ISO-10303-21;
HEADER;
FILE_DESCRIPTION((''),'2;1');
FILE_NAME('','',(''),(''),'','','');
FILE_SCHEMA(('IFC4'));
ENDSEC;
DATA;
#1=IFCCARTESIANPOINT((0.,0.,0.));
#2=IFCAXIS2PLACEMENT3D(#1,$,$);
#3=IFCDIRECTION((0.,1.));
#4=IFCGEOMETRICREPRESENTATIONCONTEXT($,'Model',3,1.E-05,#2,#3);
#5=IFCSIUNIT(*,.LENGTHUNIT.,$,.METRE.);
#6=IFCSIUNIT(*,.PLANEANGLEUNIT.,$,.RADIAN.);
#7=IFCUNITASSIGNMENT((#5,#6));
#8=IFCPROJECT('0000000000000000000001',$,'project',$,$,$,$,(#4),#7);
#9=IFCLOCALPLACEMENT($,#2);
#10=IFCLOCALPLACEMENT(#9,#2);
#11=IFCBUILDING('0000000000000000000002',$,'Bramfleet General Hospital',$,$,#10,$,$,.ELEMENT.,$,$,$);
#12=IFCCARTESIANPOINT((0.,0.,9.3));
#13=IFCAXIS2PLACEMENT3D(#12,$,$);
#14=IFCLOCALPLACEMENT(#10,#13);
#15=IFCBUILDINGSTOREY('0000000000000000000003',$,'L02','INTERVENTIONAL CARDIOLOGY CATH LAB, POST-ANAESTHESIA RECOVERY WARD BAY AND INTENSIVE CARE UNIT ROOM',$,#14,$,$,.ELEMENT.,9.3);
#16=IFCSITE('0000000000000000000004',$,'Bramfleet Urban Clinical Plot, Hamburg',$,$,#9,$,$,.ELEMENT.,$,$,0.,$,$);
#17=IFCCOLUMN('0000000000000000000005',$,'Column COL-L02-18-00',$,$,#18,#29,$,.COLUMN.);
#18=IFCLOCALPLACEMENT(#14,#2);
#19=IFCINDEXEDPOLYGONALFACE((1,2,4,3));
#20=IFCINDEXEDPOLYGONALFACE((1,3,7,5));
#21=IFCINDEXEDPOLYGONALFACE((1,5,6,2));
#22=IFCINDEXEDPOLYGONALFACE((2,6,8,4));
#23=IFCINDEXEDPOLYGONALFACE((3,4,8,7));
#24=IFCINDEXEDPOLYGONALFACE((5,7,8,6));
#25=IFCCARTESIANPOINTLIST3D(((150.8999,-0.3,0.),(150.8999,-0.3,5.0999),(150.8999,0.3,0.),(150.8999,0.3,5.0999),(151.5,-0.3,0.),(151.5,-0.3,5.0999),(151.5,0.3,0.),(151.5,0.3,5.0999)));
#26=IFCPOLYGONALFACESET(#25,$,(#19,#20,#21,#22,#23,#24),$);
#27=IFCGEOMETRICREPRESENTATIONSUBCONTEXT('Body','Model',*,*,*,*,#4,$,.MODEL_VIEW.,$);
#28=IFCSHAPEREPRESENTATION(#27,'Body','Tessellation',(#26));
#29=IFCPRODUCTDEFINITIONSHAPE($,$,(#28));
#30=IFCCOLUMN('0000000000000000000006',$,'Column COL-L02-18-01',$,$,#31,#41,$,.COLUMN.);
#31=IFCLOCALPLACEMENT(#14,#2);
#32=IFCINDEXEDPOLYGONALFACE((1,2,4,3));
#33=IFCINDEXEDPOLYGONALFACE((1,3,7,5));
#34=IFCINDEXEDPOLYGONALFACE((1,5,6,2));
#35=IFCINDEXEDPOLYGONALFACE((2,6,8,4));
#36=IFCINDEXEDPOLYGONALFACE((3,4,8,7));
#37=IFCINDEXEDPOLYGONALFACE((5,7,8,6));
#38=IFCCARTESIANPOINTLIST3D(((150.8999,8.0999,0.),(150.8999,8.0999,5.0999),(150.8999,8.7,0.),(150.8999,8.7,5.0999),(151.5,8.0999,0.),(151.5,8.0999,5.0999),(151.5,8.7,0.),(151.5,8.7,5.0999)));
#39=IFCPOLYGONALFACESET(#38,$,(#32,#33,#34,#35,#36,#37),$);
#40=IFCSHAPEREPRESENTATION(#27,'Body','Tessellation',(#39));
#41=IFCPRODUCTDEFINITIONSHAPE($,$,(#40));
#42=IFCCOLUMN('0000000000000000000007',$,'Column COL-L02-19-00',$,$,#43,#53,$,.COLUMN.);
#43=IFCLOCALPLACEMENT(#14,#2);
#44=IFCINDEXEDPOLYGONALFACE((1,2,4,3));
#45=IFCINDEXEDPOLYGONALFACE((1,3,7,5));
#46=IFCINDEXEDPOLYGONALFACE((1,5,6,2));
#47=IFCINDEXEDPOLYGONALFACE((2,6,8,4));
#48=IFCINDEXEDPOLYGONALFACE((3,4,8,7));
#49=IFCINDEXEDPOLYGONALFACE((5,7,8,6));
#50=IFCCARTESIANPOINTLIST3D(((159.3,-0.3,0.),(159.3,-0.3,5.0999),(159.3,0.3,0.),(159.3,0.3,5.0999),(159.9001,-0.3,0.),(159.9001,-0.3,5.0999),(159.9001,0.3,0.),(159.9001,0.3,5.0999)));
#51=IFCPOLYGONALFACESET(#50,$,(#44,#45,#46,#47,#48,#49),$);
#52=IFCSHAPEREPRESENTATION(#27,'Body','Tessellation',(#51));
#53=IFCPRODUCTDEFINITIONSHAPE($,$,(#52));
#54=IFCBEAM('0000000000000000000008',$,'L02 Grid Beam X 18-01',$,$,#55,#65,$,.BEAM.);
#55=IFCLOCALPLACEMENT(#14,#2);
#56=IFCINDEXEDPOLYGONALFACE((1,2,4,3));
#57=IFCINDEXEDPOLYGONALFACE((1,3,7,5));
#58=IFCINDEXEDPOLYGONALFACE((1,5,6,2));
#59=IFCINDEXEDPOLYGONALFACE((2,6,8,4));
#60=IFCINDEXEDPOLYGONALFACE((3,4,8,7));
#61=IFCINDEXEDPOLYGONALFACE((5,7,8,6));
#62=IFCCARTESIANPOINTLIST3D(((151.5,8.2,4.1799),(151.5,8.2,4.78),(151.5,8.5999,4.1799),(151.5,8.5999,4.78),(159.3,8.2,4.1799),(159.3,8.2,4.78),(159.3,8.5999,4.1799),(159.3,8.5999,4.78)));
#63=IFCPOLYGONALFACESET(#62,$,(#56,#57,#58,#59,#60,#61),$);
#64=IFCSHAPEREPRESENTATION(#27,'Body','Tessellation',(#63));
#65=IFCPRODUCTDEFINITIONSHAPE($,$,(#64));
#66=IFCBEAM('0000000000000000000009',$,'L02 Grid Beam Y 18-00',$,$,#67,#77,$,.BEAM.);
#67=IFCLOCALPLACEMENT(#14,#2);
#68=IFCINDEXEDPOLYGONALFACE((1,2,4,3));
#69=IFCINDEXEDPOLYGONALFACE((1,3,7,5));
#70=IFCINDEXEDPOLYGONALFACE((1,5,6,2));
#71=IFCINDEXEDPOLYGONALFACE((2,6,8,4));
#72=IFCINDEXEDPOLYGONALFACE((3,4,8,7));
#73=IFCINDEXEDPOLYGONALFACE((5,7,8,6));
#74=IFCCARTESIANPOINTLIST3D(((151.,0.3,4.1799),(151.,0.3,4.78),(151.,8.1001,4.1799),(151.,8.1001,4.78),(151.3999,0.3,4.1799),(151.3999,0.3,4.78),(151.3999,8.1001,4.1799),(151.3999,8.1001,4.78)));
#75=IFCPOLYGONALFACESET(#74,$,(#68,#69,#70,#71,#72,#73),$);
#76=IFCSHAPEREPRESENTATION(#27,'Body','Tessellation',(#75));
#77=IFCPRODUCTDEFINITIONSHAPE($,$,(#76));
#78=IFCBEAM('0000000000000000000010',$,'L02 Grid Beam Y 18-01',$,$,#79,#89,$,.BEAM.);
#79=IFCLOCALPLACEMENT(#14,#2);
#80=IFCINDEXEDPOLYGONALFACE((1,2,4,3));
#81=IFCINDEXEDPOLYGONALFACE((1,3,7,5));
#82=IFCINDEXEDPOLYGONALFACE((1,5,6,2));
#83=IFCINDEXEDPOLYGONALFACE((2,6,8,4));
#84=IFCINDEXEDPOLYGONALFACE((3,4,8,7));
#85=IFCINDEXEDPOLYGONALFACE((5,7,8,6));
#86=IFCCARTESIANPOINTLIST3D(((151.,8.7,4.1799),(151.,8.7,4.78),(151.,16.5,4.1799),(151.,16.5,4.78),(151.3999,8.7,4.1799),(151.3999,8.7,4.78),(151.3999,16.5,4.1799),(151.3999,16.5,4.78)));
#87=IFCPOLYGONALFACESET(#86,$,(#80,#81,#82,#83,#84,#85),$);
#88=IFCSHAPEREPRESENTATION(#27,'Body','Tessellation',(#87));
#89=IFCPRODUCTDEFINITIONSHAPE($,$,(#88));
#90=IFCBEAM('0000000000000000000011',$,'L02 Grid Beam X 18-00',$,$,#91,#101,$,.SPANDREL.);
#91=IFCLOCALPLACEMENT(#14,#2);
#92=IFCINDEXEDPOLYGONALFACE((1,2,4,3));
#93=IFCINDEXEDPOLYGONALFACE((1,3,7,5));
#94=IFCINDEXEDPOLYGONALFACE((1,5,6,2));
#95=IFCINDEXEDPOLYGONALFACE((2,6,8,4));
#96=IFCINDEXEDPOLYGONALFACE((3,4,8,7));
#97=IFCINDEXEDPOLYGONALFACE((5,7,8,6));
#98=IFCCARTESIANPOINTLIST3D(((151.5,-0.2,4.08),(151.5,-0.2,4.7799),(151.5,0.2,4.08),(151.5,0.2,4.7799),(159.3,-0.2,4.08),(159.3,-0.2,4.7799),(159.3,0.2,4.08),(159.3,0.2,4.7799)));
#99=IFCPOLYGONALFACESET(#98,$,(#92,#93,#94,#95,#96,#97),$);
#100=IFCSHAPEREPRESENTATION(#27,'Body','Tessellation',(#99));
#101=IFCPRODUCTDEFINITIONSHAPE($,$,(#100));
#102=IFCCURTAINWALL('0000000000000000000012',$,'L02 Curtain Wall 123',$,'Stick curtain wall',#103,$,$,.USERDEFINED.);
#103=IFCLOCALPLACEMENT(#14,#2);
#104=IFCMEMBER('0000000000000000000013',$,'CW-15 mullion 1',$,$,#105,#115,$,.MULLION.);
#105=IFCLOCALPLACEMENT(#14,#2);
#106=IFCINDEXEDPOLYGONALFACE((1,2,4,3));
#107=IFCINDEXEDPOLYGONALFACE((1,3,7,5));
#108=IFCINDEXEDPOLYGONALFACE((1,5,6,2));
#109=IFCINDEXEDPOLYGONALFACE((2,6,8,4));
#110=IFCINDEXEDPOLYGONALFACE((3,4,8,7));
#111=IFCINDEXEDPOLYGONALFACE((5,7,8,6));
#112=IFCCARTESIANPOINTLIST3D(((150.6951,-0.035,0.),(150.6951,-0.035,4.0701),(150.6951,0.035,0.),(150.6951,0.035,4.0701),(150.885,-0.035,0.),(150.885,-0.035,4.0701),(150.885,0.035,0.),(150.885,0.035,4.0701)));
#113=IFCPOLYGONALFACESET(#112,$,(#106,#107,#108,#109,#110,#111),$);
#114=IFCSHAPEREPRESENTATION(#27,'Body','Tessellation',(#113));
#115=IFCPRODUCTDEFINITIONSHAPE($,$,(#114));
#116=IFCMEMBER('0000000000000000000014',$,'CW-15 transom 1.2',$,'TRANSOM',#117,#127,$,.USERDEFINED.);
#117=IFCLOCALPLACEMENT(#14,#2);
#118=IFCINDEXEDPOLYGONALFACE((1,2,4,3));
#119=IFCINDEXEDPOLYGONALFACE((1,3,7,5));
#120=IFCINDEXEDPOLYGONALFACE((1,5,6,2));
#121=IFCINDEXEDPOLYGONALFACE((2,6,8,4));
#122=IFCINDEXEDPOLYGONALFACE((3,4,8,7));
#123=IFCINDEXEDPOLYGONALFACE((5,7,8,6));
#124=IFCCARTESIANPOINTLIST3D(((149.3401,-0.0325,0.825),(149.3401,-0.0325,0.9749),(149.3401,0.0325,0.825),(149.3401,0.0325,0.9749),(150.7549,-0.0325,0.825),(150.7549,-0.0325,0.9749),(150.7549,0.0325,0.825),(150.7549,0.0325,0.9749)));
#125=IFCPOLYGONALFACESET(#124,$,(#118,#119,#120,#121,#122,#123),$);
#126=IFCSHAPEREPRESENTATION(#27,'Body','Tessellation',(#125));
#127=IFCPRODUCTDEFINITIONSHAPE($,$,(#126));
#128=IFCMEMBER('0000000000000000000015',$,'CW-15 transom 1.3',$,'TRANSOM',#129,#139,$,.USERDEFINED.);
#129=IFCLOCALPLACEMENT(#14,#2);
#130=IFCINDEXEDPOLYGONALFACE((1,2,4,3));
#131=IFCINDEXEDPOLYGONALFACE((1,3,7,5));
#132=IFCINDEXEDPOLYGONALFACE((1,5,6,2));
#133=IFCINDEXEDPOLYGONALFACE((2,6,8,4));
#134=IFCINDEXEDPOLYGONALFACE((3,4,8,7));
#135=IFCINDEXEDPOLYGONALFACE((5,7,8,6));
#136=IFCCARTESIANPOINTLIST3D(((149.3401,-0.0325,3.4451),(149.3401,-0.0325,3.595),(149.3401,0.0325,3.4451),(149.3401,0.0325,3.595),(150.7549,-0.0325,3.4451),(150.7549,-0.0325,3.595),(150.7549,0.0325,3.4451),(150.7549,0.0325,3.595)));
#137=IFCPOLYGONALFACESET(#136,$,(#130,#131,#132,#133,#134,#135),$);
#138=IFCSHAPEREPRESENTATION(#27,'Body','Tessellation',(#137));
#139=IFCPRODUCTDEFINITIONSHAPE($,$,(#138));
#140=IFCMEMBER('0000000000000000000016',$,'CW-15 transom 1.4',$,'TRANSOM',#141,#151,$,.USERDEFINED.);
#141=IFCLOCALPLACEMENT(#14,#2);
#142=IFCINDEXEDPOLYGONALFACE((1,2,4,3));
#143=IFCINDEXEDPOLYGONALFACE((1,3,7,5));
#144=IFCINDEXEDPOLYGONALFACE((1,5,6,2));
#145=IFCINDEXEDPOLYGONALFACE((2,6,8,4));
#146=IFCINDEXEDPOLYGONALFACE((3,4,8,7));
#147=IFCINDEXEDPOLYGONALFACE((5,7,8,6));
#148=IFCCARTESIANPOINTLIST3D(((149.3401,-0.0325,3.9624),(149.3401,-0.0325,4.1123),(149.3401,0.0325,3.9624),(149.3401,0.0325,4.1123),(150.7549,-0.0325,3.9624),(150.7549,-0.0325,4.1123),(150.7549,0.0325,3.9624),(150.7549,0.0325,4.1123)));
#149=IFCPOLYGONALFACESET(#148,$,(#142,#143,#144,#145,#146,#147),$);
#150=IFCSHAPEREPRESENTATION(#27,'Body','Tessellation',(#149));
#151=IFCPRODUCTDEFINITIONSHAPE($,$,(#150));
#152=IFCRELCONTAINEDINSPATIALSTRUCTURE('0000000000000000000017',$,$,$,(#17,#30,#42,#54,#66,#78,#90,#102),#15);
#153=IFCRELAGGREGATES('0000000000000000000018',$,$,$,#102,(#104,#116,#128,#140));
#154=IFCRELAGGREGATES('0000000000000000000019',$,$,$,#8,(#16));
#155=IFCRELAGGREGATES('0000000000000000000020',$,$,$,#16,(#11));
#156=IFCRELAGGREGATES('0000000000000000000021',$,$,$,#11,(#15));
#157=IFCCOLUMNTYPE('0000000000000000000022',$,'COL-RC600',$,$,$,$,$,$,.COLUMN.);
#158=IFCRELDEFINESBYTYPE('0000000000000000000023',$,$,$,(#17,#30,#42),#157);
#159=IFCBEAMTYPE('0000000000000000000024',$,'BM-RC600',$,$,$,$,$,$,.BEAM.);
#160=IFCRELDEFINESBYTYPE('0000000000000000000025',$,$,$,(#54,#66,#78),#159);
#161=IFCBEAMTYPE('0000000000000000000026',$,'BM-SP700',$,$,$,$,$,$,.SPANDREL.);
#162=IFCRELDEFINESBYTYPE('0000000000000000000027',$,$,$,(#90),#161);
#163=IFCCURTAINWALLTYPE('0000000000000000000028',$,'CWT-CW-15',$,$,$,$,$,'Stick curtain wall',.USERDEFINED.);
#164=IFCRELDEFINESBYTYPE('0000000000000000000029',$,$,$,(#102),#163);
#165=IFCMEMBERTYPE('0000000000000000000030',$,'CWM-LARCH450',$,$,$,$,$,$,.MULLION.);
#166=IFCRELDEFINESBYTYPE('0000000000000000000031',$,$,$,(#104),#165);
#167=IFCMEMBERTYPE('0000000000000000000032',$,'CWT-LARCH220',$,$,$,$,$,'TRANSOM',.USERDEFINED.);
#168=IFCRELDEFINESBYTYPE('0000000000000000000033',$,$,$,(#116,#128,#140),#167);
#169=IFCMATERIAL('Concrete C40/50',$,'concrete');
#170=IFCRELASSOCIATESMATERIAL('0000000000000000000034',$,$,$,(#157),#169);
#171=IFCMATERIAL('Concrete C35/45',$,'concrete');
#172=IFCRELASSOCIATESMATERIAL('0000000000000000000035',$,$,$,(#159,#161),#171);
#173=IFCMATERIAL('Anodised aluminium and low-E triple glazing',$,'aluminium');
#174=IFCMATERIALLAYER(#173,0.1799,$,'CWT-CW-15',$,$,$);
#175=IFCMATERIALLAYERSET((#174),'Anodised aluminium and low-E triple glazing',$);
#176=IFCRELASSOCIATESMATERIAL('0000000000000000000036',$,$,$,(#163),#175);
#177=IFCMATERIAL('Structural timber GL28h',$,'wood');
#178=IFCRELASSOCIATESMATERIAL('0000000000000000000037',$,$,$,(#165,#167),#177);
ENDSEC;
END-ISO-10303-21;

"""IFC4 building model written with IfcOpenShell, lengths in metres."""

from ifc_helpers import new_model, si_unit, direction, frame, origin, origin_2d, place, context, subcontext, project, spatial, rectangle, extrude, material, layer, layer_set, material_profile, profile_set, type_object, element, aggregate, save


model = new_model("IFC4")

# Units and contexts
model_context = context("Model", 3, precision=1e-05, world=origin(), true_north=direction((0.0, 1.0)))
body_context = subcontext(model_context, "Body", "Model", "MODEL_VIEW")
ifc_project = project(units=[si_unit("LENGTHUNIT", "METRE"), si_unit("PLANEANGLEUNIT", "RADIAN")], contexts=[model_context])

# Site, building, storey
site_placement = place(None, origin())
site = spatial("IfcSite", under=ifc_project, at=site_placement, Name="Bramfleet Urban Clinical Plot, Hamburg", CompositionType="ELEMENT", RefElevation=0.0)
building_placement = place(site_placement, origin())
building = spatial("IfcBuilding", under=site, at=building_placement, Name="Bramfleet General Hospital", CompositionType="ELEMENT")
storey_placement = place(building_placement, frame((0.0, 0.0, 9.3)))
storey = spatial("IfcBuildingStorey", under=building, at=storey_placement, Name="L02", Description="INTERVENTIONAL CARDIOLOGY CATH LAB, POST-ANAESTHESIA RECOVERY WARD BAY AND INTENSIVE CARE UNIT ROOM", CompositionType="ELEMENT", Elevation=9.3)

# Columns
ifc_material_1 = material(Name="Concrete C40/50", Category="concrete")
ifc_material_profile_1 = material_profile(ifc_material_1, rectangle(XDim=0.6001, YDim=0.6001, at=origin_2d()), Name="RC COL 600x600")
ifc_profile_set_1 = profile_set([ifc_material_profile_1], Name="Concrete C40/50")
column_type = type_object("IfcColumnType", Name="COL-RC600", PredefinedType="COLUMN", material=ifc_profile_set_1)
for number, where, z_axis, x_axis, name in (
    (1, (151.2, 0.0, 0.0), (0.0, 0.0, 1.0), (1.0, 0.0, 0.0), "Column COL-L02-18-00"),
    (2, (151.2, 8.3999, 0.0), (0.0, 0.0, 1.0), (1.0, 0.0, 0.0), "Column COL-L02-18-01"),
    (3, (159.6001, 0.0, 0.0), (0.0, 0.0, 1.0), (1.0, 0.0, 0.0), "Column COL-L02-19-00"),
):
    element("IfcColumn", number, at=place(storey_placement, frame(where, z_axis=z_axis, x_axis=x_axis)), inside=storey, type_object=column_type, Name=name, PredefinedType="COLUMN", context=body_context, shape_type="SweptSolid", body=[
        extrude(rectangle(XDim=0.6001, YDim=0.6001, at=origin_2d()), origin(), (0.0, 0.0, 1.0), 5.0999),
    ])

# Beams
ifc_material_2 = material(Name="Concrete C35/45", Category="concrete")
ifc_material_profile_2 = material_profile(ifc_material_2, rectangle(XDim=0.3999, YDim=0.6001, at=origin_2d()), Name="RC BM 600x400")
ifc_profile_set_2 = profile_set([ifc_material_profile_2], Name="Concrete C35/45")
beam_type_1 = type_object("IfcBeamType", Name="BM-RC600", PredefinedType="BEAM", material=ifc_profile_set_2)
for number, where, z_axis, x_axis, name in (
    (4, (151.5, 8.3999, 4.48), (1.0, 0.0, 0.0), (0.0, 1.0, 0.0), "L02 Grid Beam X 18-01"),
    (5, (151.2, 0.3, 4.48), (0.0, 1.0, 0.0), (-1.0, 0.0, 0.0), "L02 Grid Beam Y 18-00"),
    (6, (151.2, 8.7, 4.48), (0.0, 1.0, 0.0), (-1.0, 0.0, 0.0), "L02 Grid Beam Y 18-01"),
):
    element("IfcBeam", number, at=place(storey_placement, frame(where, z_axis=z_axis, x_axis=x_axis)), inside=storey, type_object=beam_type_1, Name=name, PredefinedType="BEAM", context=body_context, shape_type="SweptSolid", body=[
        extrude(rectangle(XDim=0.3999, YDim=0.6001, at=origin_2d()), origin(), (0.0, 0.0, 1.0), 7.8),
    ])
ifc_material_profile_3 = material_profile(ifc_material_2, rectangle(XDim=0.3999, YDim=0.7, at=origin_2d()), Name="RC SP 700x400")
ifc_profile_set_3 = profile_set([ifc_material_profile_3], Name="Concrete C35/45")
beam_type_2 = type_object("IfcBeamType", Name="BM-SP700", PredefinedType="SPANDREL", material=ifc_profile_set_3)
beam_placement = place(storey_placement, frame((151.5, 0.0, 4.4299), z_axis=(1.0, 0.0, 0.0), x_axis=(0.0, 1.0, 0.0)))
element("IfcBeam", 7, at=beam_placement, inside=storey, type_object=beam_type_2, Name="L02 Grid Beam X 18-00", PredefinedType="SPANDREL", context=body_context, shape_type="SweptSolid", body=[
    extrude(rectangle(XDim=0.3999, YDim=0.7, at=origin_2d()), origin(), (0.0, 0.0, 1.0), 7.8),
])

# Curtain wall, members
ifc_material_3 = material(Name="Anodised aluminium and low-E triple glazing", Category="aluminium")
ifc_layer_1 = layer(ifc_material_3, 0.1799, Name="CWT-CW-15")
ifc_layer_set_1 = layer_set([ifc_layer_1], Name="Anodised aluminium and low-E triple glazing")
curtain_wall_type = type_object("IfcCurtainWallType", Name="CWT-CW-15", ElementType="Stick curtain wall", PredefinedType="USERDEFINED", material=ifc_layer_set_1)
curtain_wall_placement = place(storey_placement, origin())
curtain_wall = element("IfcCurtainWall", 8, at=curtain_wall_placement, inside=storey, type_object=curtain_wall_type, Name="L02 Curtain Wall 123", ObjectType="Stick curtain wall", PredefinedType="USERDEFINED")
ifc_material_4 = material(Name="Structural timber GL28h", Category="wood")
ifc_material_profile_4 = material_profile(ifc_material_4, rectangle(XDim=0.0701, YDim=0.1899, at=origin_2d()), Name="LARCH 190x70")
ifc_profile_set_4 = profile_set([ifc_material_profile_4], Name="Structural timber GL28h")
member_type_1 = type_object("IfcMemberType", Name="CWM-LARCH450", PredefinedType="MULLION", material=ifc_profile_set_4)
member_1_placement = place(storey_placement, frame((150.79, 0.0, 0.0), z_axis=(0.0, 0.0, 1.0), x_axis=(0.0, -1.0, 0.0)))
member_1 = element("IfcMember", 9, at=member_1_placement, type_object=member_type_1, Name="CW-15 mullion 1", PredefinedType="MULLION", context=body_context, shape_type="SweptSolid", body=[
    extrude(rectangle(XDim=0.0701, YDim=0.1899, at=origin_2d()), origin(), (0.0, 0.0, 1.0), 4.0701),
])
ifc_material_profile_5 = material_profile(ifc_material_4, rectangle(XDim=0.0649, YDim=0.1499, at=origin_2d()), Name="LARCH 150x65")
ifc_profile_set_5 = profile_set([ifc_material_profile_5], Name="Structural timber GL28h")
member_type_2 = type_object("IfcMemberType", Name="CWT-LARCH220", ElementType="TRANSOM", PredefinedType="USERDEFINED", material=ifc_profile_set_5)
member_2_placement = place(storey_placement, frame((150.7549, 0.0, 0.8999), z_axis=(-1.0, 0.0, 0.0), x_axis=(0.0, -1.0, 0.0)))
member_2 = element("IfcMember", 10, at=member_2_placement, type_object=member_type_2, Name="CW-15 transom 1.2", ObjectType="TRANSOM", PredefinedType="USERDEFINED", context=body_context, shape_type="SweptSolid", body=[
    extrude(rectangle(XDim=0.0649, YDim=0.1499, at=origin_2d()), origin(), (0.0, 0.0, 1.0), 1.4148),
])
member_3_placement = place(storey_placement, frame((150.7549, 0.0, 3.52), z_axis=(-1.0, 0.0, 0.0), x_axis=(0.0, -1.0, 0.0)))
member_3 = element("IfcMember", 11, at=member_3_placement, type_object=member_type_2, Name="CW-15 transom 1.3", ObjectType="TRANSOM", PredefinedType="USERDEFINED", context=body_context, shape_type="SweptSolid", body=[
    extrude(rectangle(XDim=0.0649, YDim=0.1499, at=origin_2d()), origin(), (0.0, 0.0, 1.0), 1.4148),
])
member_4_placement = place(storey_placement, frame((150.7549, 0.0, 4.0374), z_axis=(-1.0, 0.0, 0.0), x_axis=(0.0, -1.0, 0.0)))
member_4 = element("IfcMember", 12, at=member_4_placement, type_object=member_type_2, Name="CW-15 transom 1.4", ObjectType="TRANSOM", PredefinedType="USERDEFINED", context=body_context, shape_type="SweptSolid", body=[
    extrude(rectangle(XDim=0.0649, YDim=0.1499, at=origin_2d()), origin(), (0.0, 0.0, 1.0), 1.4148),
])
aggregate(curtain_wall, [member_1, member_2, member_3, member_4])

save(model, "model.ifc")
